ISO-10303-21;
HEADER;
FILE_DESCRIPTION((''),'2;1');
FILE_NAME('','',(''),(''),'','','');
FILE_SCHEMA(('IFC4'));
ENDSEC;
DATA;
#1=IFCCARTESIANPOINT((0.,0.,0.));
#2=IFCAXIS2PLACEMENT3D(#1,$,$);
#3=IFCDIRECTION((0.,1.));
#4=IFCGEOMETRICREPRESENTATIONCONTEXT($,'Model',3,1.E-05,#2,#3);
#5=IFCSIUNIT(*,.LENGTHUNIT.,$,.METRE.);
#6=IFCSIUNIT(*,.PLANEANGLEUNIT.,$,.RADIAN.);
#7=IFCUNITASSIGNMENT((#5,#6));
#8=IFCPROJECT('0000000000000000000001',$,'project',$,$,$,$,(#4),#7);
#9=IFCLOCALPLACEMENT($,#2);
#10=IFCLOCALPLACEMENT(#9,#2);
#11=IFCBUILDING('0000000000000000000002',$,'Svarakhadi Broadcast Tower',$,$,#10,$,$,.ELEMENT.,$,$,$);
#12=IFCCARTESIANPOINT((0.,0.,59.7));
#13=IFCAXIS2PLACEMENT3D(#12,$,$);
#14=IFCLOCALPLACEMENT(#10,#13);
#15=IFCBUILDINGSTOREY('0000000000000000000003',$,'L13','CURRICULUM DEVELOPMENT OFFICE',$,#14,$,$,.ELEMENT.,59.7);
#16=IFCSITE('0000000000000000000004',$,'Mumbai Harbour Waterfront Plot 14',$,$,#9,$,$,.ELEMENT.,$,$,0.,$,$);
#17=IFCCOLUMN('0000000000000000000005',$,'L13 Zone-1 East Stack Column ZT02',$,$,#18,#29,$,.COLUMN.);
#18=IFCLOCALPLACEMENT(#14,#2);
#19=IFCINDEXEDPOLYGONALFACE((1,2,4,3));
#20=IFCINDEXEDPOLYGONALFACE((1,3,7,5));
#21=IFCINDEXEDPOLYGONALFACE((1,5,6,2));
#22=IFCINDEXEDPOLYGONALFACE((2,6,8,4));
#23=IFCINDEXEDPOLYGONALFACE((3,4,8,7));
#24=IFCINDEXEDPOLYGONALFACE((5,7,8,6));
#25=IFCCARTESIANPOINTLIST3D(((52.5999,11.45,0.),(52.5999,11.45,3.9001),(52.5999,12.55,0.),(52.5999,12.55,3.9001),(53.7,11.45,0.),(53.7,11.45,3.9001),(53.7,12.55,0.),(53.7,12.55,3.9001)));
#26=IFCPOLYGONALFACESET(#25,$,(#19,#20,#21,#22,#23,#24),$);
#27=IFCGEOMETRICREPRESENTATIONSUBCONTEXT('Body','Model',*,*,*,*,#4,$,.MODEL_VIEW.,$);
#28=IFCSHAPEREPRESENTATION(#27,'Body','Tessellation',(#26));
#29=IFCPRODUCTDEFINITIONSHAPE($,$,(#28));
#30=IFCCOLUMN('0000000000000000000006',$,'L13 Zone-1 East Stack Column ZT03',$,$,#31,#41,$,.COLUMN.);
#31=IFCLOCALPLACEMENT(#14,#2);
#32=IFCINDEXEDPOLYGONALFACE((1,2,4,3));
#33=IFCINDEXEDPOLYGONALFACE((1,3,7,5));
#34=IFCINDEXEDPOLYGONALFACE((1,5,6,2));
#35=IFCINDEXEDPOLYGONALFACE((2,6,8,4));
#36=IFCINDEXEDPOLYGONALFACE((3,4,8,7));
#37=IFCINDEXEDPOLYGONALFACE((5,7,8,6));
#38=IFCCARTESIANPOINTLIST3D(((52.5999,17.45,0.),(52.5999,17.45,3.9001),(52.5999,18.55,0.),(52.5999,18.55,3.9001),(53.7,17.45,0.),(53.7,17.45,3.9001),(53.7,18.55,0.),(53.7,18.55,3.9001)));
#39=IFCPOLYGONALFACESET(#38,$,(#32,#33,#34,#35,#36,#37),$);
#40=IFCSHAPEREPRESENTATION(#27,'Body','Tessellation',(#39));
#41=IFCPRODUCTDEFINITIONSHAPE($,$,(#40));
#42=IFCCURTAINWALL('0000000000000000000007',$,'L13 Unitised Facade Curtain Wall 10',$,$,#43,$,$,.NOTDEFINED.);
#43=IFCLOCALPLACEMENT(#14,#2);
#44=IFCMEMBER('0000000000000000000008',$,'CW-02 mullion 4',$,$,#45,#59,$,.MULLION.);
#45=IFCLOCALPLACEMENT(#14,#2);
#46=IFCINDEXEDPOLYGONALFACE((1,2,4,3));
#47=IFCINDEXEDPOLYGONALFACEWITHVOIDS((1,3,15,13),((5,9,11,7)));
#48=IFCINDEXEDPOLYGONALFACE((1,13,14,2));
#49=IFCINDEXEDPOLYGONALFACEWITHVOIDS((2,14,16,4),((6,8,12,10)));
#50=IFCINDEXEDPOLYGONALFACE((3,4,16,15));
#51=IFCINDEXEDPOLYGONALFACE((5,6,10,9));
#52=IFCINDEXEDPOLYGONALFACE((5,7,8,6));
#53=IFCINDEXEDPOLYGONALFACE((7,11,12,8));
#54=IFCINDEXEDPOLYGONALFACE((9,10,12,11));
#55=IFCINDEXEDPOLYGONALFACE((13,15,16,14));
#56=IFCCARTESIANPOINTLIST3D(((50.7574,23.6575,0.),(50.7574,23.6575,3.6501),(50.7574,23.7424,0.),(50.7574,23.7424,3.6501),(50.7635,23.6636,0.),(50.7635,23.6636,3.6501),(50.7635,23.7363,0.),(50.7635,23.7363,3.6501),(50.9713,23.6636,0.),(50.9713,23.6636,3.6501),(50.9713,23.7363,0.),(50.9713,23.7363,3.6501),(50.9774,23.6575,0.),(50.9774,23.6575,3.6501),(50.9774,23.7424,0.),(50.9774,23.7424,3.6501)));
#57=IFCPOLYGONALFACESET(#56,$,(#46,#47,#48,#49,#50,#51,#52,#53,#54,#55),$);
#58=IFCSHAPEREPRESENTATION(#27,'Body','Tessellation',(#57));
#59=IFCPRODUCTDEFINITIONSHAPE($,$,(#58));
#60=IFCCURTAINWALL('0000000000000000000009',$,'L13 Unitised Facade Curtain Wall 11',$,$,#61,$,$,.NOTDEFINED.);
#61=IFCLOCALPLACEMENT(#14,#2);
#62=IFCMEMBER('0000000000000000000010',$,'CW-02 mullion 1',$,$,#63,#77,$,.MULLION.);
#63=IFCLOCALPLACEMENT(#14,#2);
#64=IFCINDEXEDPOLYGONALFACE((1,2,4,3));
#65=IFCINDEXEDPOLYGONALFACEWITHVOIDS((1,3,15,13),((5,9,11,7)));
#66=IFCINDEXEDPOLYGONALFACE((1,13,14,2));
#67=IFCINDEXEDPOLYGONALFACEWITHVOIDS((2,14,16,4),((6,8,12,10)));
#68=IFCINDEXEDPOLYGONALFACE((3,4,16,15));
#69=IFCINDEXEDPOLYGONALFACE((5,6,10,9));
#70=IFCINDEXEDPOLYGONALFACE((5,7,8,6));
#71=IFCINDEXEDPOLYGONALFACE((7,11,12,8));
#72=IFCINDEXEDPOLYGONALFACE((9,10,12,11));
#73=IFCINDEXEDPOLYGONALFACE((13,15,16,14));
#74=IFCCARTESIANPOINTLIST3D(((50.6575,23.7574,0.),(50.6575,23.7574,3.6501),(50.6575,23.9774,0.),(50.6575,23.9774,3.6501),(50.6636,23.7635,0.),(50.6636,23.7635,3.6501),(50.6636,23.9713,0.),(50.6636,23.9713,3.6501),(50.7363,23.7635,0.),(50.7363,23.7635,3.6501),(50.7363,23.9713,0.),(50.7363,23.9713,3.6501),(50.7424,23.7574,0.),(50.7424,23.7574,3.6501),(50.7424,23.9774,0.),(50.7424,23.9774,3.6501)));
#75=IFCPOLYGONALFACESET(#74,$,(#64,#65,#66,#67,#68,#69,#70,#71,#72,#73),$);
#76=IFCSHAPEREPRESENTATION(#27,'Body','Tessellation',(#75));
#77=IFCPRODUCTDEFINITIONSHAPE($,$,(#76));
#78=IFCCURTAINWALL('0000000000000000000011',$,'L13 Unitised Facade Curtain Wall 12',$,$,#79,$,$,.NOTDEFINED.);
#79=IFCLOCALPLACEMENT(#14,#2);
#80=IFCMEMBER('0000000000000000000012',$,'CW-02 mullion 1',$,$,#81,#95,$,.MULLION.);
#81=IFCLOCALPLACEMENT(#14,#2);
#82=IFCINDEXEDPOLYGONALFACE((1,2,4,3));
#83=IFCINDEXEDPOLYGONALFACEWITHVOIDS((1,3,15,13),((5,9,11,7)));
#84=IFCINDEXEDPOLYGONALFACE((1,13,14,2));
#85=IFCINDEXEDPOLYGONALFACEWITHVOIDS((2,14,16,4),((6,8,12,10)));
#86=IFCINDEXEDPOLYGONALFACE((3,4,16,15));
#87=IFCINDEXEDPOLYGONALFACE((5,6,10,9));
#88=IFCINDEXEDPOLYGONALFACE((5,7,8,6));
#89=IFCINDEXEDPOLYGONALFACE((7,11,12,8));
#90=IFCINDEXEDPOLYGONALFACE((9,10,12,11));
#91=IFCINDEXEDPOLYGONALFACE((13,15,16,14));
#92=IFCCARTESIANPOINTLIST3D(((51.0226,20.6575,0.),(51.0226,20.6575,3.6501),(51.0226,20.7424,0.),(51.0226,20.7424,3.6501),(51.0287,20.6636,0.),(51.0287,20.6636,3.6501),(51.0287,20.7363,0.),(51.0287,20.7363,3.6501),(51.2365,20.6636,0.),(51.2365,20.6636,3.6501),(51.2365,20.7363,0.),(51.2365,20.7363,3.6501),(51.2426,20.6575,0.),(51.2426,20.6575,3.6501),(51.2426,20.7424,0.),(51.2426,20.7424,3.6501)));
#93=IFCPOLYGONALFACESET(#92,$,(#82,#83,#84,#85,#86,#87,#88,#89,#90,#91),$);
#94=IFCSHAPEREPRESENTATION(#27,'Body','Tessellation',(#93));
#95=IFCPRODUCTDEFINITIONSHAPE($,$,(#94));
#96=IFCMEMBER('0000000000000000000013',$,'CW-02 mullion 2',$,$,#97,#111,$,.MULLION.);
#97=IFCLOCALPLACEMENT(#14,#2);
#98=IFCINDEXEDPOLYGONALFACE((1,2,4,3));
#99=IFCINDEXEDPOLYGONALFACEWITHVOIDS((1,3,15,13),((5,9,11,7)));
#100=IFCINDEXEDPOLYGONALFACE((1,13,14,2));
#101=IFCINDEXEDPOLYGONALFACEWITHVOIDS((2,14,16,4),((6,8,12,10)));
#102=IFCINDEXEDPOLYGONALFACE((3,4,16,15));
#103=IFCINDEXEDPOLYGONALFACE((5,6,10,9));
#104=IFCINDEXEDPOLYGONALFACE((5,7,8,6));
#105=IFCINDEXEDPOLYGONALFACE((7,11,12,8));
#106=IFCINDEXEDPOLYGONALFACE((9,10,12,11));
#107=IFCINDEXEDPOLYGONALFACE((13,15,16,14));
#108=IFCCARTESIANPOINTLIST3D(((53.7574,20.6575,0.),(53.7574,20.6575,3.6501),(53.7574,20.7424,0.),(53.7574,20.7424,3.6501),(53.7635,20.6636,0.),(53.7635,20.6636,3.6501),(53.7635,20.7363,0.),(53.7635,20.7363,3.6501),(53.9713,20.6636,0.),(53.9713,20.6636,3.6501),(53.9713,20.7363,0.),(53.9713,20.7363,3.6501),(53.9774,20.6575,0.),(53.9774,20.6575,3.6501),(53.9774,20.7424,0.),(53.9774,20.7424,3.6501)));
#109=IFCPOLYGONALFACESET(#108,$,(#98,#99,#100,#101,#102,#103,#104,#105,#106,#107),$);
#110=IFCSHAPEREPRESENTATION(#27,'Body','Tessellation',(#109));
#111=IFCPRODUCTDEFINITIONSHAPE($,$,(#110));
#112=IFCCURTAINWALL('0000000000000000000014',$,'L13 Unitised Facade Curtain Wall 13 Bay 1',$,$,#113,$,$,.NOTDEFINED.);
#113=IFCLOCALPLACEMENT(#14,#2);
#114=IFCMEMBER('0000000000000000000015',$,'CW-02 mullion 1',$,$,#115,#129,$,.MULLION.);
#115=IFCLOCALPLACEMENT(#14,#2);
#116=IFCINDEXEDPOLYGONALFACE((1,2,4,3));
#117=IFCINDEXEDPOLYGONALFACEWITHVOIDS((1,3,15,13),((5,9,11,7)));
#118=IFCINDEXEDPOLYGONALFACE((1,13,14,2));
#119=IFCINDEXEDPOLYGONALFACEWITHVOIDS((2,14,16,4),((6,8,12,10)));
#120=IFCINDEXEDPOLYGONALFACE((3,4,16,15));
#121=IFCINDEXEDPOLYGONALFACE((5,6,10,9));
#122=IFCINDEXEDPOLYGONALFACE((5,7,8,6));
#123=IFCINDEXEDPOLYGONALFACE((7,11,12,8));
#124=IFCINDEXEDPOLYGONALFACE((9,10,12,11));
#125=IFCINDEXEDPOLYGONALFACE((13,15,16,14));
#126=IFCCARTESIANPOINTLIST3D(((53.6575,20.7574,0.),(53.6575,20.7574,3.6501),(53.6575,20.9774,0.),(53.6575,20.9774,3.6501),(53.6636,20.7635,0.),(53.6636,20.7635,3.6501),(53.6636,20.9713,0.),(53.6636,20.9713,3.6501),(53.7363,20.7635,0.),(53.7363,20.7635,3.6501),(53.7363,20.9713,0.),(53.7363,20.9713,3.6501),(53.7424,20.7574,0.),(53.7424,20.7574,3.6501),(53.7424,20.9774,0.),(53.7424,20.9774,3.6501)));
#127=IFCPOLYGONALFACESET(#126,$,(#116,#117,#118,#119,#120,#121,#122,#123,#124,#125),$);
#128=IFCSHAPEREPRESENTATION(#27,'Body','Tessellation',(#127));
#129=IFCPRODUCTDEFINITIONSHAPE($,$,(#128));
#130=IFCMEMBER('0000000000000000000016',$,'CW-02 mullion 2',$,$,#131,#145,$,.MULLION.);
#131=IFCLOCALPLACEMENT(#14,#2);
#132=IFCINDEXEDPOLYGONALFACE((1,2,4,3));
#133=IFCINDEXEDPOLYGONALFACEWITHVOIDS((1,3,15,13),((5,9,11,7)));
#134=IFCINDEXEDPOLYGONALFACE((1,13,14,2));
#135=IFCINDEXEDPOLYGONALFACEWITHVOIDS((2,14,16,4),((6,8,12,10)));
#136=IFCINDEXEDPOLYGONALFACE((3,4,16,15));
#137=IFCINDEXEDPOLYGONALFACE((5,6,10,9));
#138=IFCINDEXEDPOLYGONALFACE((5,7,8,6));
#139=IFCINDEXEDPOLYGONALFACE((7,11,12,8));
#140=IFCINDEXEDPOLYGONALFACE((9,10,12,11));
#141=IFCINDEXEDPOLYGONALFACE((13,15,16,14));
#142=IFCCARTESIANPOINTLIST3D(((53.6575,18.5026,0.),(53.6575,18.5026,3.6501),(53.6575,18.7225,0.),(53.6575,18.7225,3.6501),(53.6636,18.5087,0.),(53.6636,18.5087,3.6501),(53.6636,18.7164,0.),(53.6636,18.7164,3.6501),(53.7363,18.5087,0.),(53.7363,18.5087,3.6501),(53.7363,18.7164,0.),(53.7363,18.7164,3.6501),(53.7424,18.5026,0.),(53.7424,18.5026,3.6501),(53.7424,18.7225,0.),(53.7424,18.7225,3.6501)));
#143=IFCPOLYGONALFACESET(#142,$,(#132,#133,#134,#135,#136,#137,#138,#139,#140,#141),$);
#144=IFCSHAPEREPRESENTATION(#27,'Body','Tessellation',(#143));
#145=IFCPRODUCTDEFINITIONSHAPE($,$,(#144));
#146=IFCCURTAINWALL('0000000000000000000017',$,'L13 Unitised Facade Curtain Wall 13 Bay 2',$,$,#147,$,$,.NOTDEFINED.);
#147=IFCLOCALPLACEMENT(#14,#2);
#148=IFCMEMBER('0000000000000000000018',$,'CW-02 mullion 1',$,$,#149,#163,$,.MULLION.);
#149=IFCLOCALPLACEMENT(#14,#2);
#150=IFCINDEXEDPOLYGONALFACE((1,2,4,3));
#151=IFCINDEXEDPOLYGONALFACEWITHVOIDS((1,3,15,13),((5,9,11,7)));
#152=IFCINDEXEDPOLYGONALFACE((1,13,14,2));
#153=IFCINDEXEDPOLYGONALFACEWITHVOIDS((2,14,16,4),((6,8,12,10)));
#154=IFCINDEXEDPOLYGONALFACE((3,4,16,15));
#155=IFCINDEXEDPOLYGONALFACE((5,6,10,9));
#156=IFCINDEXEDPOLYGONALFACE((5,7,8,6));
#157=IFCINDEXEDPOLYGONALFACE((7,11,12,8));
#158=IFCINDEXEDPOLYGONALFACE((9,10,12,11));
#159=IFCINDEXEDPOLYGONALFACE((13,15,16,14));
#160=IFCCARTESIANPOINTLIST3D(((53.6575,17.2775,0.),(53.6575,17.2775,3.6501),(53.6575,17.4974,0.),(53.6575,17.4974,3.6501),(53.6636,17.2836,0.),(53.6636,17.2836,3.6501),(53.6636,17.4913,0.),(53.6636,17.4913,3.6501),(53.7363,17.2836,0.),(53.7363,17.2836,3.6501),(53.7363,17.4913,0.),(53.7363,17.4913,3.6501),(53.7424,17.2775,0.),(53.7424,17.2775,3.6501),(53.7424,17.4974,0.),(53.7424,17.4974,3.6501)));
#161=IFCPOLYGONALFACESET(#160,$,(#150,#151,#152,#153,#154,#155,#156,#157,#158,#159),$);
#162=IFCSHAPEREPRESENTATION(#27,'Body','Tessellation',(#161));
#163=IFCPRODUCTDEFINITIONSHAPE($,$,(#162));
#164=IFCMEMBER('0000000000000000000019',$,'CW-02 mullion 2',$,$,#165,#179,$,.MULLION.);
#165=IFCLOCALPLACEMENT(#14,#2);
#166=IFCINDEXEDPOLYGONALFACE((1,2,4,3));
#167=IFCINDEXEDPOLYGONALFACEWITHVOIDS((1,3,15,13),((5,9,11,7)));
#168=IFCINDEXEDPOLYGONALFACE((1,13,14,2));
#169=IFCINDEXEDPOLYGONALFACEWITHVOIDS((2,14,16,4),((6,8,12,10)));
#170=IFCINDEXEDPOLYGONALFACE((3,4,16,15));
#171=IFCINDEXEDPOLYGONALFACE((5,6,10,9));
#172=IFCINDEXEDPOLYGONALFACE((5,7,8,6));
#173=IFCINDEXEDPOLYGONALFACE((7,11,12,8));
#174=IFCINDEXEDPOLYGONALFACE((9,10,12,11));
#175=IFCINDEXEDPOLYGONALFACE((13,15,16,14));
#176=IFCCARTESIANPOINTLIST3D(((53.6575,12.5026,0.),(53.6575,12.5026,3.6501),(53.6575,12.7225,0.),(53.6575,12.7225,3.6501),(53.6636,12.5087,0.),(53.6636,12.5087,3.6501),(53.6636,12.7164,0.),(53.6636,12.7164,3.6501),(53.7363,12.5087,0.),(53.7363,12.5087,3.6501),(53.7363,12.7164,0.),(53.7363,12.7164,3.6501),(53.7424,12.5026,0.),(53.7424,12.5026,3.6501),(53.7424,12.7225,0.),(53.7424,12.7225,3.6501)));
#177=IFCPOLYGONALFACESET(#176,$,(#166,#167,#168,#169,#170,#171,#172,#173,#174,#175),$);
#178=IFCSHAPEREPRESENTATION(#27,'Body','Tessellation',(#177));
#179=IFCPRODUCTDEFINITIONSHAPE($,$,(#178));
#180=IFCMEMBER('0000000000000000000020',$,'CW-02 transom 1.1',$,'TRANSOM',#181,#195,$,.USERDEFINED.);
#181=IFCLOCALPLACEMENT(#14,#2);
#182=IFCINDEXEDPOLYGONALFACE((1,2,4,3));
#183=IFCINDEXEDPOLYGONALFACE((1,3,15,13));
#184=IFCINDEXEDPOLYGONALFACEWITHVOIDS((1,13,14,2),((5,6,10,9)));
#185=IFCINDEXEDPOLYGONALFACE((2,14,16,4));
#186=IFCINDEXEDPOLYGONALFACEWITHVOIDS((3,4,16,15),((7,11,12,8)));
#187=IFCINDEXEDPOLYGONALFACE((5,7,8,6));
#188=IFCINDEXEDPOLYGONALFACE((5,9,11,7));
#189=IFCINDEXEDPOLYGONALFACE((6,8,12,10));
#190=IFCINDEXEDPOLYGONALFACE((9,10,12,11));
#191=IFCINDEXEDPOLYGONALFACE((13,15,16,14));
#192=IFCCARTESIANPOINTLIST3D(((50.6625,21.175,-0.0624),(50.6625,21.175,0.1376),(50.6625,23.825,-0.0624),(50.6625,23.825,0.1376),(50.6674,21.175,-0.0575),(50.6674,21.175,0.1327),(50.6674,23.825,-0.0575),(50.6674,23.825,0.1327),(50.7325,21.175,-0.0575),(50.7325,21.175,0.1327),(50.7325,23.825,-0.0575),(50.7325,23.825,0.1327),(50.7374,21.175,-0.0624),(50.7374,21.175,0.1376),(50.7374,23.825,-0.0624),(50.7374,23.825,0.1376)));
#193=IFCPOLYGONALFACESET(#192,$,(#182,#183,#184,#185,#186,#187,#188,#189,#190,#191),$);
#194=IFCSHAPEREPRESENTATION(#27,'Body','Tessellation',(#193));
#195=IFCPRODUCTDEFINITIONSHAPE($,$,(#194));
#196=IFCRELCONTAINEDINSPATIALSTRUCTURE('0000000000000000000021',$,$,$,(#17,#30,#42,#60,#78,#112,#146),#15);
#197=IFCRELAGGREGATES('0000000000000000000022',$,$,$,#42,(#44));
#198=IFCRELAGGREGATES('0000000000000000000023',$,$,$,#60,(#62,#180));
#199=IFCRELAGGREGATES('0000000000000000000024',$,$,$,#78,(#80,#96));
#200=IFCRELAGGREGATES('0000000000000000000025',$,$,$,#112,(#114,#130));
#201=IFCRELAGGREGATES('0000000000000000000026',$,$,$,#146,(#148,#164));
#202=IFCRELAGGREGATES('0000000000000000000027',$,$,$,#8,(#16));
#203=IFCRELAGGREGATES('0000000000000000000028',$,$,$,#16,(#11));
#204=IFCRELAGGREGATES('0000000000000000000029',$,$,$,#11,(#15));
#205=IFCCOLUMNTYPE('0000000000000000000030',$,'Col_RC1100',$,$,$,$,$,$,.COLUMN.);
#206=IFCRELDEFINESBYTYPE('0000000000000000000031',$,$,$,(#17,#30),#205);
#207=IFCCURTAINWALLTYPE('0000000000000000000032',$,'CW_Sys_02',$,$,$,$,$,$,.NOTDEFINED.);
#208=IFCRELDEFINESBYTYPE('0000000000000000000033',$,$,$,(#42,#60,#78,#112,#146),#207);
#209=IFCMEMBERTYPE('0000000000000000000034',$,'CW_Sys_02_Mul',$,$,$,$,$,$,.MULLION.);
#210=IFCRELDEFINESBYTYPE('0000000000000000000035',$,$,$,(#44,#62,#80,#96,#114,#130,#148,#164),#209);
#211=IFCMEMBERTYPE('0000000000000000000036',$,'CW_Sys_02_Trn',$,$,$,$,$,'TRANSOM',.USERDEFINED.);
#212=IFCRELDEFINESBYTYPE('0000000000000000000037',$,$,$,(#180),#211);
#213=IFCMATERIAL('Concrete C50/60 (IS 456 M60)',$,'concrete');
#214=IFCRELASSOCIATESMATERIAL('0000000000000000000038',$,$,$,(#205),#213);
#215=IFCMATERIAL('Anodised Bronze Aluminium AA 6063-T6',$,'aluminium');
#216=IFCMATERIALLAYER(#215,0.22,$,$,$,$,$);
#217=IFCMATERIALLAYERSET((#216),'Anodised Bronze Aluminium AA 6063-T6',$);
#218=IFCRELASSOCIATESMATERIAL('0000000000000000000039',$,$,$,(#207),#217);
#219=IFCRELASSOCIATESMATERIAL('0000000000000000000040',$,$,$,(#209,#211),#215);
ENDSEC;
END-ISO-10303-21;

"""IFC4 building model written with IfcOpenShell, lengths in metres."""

from ifc_helpers import new_model, si_unit, direction, frame, origin, origin_2d, place, context, subcontext, project, spatial, rectangle, hollow_rectangle, extrude, material, layer, layer_set, material_profile, profile_set, type_object, element, aggregate, save


model = new_model("IFC4")

# Units and contexts
model_context = context("Model", 3, precision=1e-05, world=origin(), true_north=direction((0.0, 1.0)))
body_context = subcontext(model_context, "Body", "Model", "MODEL_VIEW")
ifc_project = project(units=[si_unit("LENGTHUNIT", "METRE"), si_unit("PLANEANGLEUNIT", "RADIAN")], contexts=[model_context])

# Site, building, storey
site_placement = place(None, origin())
site = spatial("IfcSite", under=ifc_project, at=site_placement, Name="Mumbai Harbour Waterfront Plot 14", CompositionType="ELEMENT", RefElevation=0.0)
building_placement = place(site_placement, origin())
building = spatial("IfcBuilding", under=site, at=building_placement, Name="Svarakhadi Broadcast Tower", CompositionType="ELEMENT")
storey_placement = place(building_placement, frame((0.0, 0.0, 59.7)))
storey = spatial("IfcBuildingStorey", under=building, at=storey_placement, Name="L13", Description="CURRICULUM DEVELOPMENT OFFICE", CompositionType="ELEMENT", Elevation=59.7)

# Columns
ifc_material_1 = material(Name="Concrete C50/60 (IS 456 M60)", Category="concrete")
ifc_material_profile_1 = material_profile(ifc_material_1, rectangle(XDim=1.1001, YDim=1.1001, at=origin_2d()), Name="RC 1100x1100")
ifc_profile_set_1 = profile_set([ifc_material_profile_1], Name="Concrete C50/60 (IS 456 M60)")
column_type = type_object("IfcColumnType", Name="Col_RC1100", PredefinedType="COLUMN", material=ifc_profile_set_1)
for number, where, z_axis, x_axis, name in (
    (1, (53.1499, 12.0, 0.0), (0.0, 0.0, 1.0), (1.0, 0.0, 0.0), "L13 Zone-1 East Stack Column ZT02"),
    (2, (53.1499, 18.0, 0.0), (0.0, 0.0, 1.0), (1.0, 0.0, 0.0), "L13 Zone-1 East Stack Column ZT03"),
):
    element("IfcColumn", number, at=place(storey_placement, frame(where, z_axis=z_axis, x_axis=x_axis)), inside=storey, type_object=column_type, Name=name, PredefinedType="COLUMN", context=body_context, shape_type="SweptSolid", body=[
        extrude(rectangle(XDim=1.1001, YDim=1.1001, at=origin_2d()), origin(), (0.0, 0.0, 1.0), 3.9001),
    ])

# Curtain walls, members
ifc_material_2 = material(Name="Anodised Bronze Aluminium AA 6063-T6", Category="aluminium")
ifc_layer_1 = layer(ifc_material_2, 0.22)
ifc_layer_set_1 = layer_set([ifc_layer_1], Name="Anodised Bronze Aluminium AA 6063-T6")
curtain_wall_type = type_object("IfcCurtainWallType", Name="CW_Sys_02", PredefinedType="NOTDEFINED", material=ifc_layer_set_1)
curtain_wall_1_placement = place(storey_placement, origin())
curtain_wall_1 = element("IfcCurtainWall", 3, at=curtain_wall_1_placement, inside=storey, type_object=curtain_wall_type, Name="L13 Unitised Facade Curtain Wall 10", PredefinedType="NOTDEFINED")
ifc_material_profile_2 = material_profile(ifc_material_2, hollow_rectangle(XDim=0.085, YDim=0.22, WallThickness=0.0061, at=origin_2d()), Name="ALU MULLION 220x85x6")
ifc_profile_set_2 = profile_set([ifc_material_profile_2], Name="Anodised Bronze Aluminium AA 6063-T6")
member_type_1 = type_object("IfcMemberType", Name="CW_Sys_02_Mul", PredefinedType="MULLION", material=ifc_profile_set_2)
member_1_placement = place(storey_placement, frame((50.8674, 23.7, 0.0), z_axis=(0.0, 0.0, 1.0), x_axis=(0.0, 1.0, 0.0)))
member_1 = element("IfcMember", 4, at=member_1_placement, type_object=member_type_1, Name="CW-02 mullion 4", PredefinedType="MULLION", context=body_context, shape_type="SweptSolid", body=[
    extrude(hollow_rectangle(XDim=0.085, YDim=0.22, WallThickness=0.0061, at=origin_2d()), origin(), (0.0, 0.0, 1.0), 3.6501),
])
aggregate(curtain_wall_1, [member_1])
curtain_wall_2_placement = place(storey_placement, origin())
curtain_wall_2 = element("IfcCurtainWall", 5, at=curtain_wall_2_placement, inside=storey, type_object=curtain_wall_type, Name="L13 Unitised Facade Curtain Wall 11", PredefinedType="NOTDEFINED")
member_2_placement = place(storey_placement, frame((50.7, 23.8674, 0.0), z_axis=(0.0, 0.0, 1.0), x_axis=(1.0, 0.0, 0.0)))
member_2 = element("IfcMember", 6, at=member_2_placement, type_object=member_type_1, Name="CW-02 mullion 1", PredefinedType="MULLION", context=body_context, shape_type="SweptSolid", body=[
    extrude(hollow_rectangle(XDim=0.085, YDim=0.22, WallThickness=0.0061, at=origin_2d()), origin(), (0.0, 0.0, 1.0), 3.6501),
])

# Curtain walls, members
curtain_wall_3_placement = place(storey_placement, origin())
curtain_wall_3 = element("IfcCurtainWall", 7, at=curtain_wall_3_placement, inside=storey, type_object=curtain_wall_type, Name="L13 Unitised Facade Curtain Wall 12", PredefinedType="NOTDEFINED")
member_3_placement = place(storey_placement, frame((51.1326, 20.7, 0.0), z_axis=(0.0, 0.0, 1.0), x_axis=(0.0, 1.0, 0.0)))
member_3 = element("IfcMember", 8, at=member_3_placement, type_object=member_type_1, Name="CW-02 mullion 1", PredefinedType="MULLION", context=body_context, shape_type="SweptSolid", body=[
    extrude(hollow_rectangle(XDim=0.085, YDim=0.22, WallThickness=0.0061, at=origin_2d()), origin(), (0.0, 0.0, 1.0), 3.6501),
])
member_4_placement = place(storey_placement, frame((53.8674, 20.7, 0.0), z_axis=(0.0, 0.0, 1.0), x_axis=(0.0, 1.0, 0.0)))
member_4 = element("IfcMember", 9, at=member_4_placement, type_object=member_type_1, Name="CW-02 mullion 2", PredefinedType="MULLION", context=body_context, shape_type="SweptSolid", body=[
    extrude(hollow_rectangle(XDim=0.085, YDim=0.22, WallThickness=0.0061, at=origin_2d()), origin(), (0.0, 0.0, 1.0), 3.6501),
])
curtain_wall_4_placement = place(storey_placement, origin())
curtain_wall_4 = element("IfcCurtainWall", 10, at=curtain_wall_4_placement, inside=storey, type_object=curtain_wall_type, Name="L13 Unitised Facade Curtain Wall 13 Bay 1", PredefinedType="NOTDEFINED")
member_5_placement = place(storey_placement, frame((53.7, 20.8674, 0.0), z_axis=(0.0, 0.0, 1.0), x_axis=(1.0, 0.0, 0.0)))
member_5 = element("IfcMember", 11, at=member_5_placement, type_object=member_type_1, Name="CW-02 mullion 1", PredefinedType="MULLION", context=body_context, shape_type="SweptSolid", body=[
    extrude(hollow_rectangle(XDim=0.085, YDim=0.22, WallThickness=0.0061, at=origin_2d()), origin(), (0.0, 0.0, 1.0), 3.6501),
])
member_6_placement = place(storey_placement, frame((53.7, 18.6125, 0.0), z_axis=(0.0, 0.0, 1.0), x_axis=(1.0, 0.0, 0.0)))
member_6 = element("IfcMember", 12, at=member_6_placement, type_object=member_type_1, Name="CW-02 mullion 2", PredefinedType="MULLION", context=body_context, shape_type="SweptSolid", body=[
    extrude(hollow_rectangle(XDim=0.085, YDim=0.22, WallThickness=0.0061, at=origin_2d()), origin(), (0.0, 0.0, 1.0), 3.6501),
])
curtain_wall_5_placement = place(storey_placement, origin())
curtain_wall_5 = element("IfcCurtainWall", 13, at=curtain_wall_5_placement, inside=storey, type_object=curtain_wall_type, Name="L13 Unitised Facade Curtain Wall 13 Bay 2", PredefinedType="NOTDEFINED")
member_7_placement = place(storey_placement, frame((53.7, 17.3875, 0.0), z_axis=(0.0, 0.0, 1.0), x_axis=(1.0, 0.0, 0.0)))
member_7 = element("IfcMember", 14, at=member_7_placement, type_object=member_type_1, Name="CW-02 mullion 1", PredefinedType="MULLION", context=body_context, shape_type="SweptSolid", body=[
    extrude(hollow_rectangle(XDim=0.085, YDim=0.22, WallThickness=0.0061, at=origin_2d()), origin(), (0.0, 0.0, 1.0), 3.6501),
])
member_8_placement = place(storey_placement, frame((53.7, 12.6125, 0.0), z_axis=(0.0, 0.0, 1.0), x_axis=(1.0, 0.0, 0.0)))
member_8 = element("IfcMember", 15, at=member_8_placement, type_object=member_type_1, Name="CW-02 mullion 2", PredefinedType="MULLION", context=body_context, shape_type="SweptSolid", body=[
    extrude(hollow_rectangle(XDim=0.085, YDim=0.22, WallThickness=0.0061, at=origin_2d()), origin(), (0.0, 0.0, 1.0), 3.6501),
])

# Member
ifc_material_profile_3 = material_profile(ifc_material_2, hollow_rectangle(XDim=0.075, YDim=0.2, WallThickness=0.0049, at=origin_2d()), Name="ALU TRANSOM 200x75x5")
ifc_profile_set_3 = profile_set([ifc_material_profile_3], Name="Anodised Bronze Aluminium AA 6063-T6")
member_type_2 = type_object("IfcMemberType", Name="CW_Sys_02_Trn", ElementType="TRANSOM", PredefinedType="USERDEFINED", material=ifc_profile_set_3)
member_9_placement = place(storey_placement, frame((50.7, 23.825, 0.0376), z_axis=(0.0, -1.0, 0.0), x_axis=(1.0, 0.0, 0.0)))
member_9 = element("IfcMember", 16, at=member_9_placement, type_object=member_type_2, Name="CW-02 transom 1.1", ObjectType="TRANSOM", PredefinedType="USERDEFINED", context=body_context, shape_type="SweptSolid", body=[
    extrude(hollow_rectangle(XDim=0.075, YDim=0.2, WallThickness=0.0049, at=origin_2d()), origin(), (0.0, 0.0, 1.0), 2.6499),
])

aggregate(curtain_wall_2, [member_2, member_9])
aggregate(curtain_wall_3, [member_3, member_4])
aggregate(curtain_wall_4, [member_5, member_6])
aggregate(curtain_wall_5, [member_7, member_8])

save(model, "model.ifc")
